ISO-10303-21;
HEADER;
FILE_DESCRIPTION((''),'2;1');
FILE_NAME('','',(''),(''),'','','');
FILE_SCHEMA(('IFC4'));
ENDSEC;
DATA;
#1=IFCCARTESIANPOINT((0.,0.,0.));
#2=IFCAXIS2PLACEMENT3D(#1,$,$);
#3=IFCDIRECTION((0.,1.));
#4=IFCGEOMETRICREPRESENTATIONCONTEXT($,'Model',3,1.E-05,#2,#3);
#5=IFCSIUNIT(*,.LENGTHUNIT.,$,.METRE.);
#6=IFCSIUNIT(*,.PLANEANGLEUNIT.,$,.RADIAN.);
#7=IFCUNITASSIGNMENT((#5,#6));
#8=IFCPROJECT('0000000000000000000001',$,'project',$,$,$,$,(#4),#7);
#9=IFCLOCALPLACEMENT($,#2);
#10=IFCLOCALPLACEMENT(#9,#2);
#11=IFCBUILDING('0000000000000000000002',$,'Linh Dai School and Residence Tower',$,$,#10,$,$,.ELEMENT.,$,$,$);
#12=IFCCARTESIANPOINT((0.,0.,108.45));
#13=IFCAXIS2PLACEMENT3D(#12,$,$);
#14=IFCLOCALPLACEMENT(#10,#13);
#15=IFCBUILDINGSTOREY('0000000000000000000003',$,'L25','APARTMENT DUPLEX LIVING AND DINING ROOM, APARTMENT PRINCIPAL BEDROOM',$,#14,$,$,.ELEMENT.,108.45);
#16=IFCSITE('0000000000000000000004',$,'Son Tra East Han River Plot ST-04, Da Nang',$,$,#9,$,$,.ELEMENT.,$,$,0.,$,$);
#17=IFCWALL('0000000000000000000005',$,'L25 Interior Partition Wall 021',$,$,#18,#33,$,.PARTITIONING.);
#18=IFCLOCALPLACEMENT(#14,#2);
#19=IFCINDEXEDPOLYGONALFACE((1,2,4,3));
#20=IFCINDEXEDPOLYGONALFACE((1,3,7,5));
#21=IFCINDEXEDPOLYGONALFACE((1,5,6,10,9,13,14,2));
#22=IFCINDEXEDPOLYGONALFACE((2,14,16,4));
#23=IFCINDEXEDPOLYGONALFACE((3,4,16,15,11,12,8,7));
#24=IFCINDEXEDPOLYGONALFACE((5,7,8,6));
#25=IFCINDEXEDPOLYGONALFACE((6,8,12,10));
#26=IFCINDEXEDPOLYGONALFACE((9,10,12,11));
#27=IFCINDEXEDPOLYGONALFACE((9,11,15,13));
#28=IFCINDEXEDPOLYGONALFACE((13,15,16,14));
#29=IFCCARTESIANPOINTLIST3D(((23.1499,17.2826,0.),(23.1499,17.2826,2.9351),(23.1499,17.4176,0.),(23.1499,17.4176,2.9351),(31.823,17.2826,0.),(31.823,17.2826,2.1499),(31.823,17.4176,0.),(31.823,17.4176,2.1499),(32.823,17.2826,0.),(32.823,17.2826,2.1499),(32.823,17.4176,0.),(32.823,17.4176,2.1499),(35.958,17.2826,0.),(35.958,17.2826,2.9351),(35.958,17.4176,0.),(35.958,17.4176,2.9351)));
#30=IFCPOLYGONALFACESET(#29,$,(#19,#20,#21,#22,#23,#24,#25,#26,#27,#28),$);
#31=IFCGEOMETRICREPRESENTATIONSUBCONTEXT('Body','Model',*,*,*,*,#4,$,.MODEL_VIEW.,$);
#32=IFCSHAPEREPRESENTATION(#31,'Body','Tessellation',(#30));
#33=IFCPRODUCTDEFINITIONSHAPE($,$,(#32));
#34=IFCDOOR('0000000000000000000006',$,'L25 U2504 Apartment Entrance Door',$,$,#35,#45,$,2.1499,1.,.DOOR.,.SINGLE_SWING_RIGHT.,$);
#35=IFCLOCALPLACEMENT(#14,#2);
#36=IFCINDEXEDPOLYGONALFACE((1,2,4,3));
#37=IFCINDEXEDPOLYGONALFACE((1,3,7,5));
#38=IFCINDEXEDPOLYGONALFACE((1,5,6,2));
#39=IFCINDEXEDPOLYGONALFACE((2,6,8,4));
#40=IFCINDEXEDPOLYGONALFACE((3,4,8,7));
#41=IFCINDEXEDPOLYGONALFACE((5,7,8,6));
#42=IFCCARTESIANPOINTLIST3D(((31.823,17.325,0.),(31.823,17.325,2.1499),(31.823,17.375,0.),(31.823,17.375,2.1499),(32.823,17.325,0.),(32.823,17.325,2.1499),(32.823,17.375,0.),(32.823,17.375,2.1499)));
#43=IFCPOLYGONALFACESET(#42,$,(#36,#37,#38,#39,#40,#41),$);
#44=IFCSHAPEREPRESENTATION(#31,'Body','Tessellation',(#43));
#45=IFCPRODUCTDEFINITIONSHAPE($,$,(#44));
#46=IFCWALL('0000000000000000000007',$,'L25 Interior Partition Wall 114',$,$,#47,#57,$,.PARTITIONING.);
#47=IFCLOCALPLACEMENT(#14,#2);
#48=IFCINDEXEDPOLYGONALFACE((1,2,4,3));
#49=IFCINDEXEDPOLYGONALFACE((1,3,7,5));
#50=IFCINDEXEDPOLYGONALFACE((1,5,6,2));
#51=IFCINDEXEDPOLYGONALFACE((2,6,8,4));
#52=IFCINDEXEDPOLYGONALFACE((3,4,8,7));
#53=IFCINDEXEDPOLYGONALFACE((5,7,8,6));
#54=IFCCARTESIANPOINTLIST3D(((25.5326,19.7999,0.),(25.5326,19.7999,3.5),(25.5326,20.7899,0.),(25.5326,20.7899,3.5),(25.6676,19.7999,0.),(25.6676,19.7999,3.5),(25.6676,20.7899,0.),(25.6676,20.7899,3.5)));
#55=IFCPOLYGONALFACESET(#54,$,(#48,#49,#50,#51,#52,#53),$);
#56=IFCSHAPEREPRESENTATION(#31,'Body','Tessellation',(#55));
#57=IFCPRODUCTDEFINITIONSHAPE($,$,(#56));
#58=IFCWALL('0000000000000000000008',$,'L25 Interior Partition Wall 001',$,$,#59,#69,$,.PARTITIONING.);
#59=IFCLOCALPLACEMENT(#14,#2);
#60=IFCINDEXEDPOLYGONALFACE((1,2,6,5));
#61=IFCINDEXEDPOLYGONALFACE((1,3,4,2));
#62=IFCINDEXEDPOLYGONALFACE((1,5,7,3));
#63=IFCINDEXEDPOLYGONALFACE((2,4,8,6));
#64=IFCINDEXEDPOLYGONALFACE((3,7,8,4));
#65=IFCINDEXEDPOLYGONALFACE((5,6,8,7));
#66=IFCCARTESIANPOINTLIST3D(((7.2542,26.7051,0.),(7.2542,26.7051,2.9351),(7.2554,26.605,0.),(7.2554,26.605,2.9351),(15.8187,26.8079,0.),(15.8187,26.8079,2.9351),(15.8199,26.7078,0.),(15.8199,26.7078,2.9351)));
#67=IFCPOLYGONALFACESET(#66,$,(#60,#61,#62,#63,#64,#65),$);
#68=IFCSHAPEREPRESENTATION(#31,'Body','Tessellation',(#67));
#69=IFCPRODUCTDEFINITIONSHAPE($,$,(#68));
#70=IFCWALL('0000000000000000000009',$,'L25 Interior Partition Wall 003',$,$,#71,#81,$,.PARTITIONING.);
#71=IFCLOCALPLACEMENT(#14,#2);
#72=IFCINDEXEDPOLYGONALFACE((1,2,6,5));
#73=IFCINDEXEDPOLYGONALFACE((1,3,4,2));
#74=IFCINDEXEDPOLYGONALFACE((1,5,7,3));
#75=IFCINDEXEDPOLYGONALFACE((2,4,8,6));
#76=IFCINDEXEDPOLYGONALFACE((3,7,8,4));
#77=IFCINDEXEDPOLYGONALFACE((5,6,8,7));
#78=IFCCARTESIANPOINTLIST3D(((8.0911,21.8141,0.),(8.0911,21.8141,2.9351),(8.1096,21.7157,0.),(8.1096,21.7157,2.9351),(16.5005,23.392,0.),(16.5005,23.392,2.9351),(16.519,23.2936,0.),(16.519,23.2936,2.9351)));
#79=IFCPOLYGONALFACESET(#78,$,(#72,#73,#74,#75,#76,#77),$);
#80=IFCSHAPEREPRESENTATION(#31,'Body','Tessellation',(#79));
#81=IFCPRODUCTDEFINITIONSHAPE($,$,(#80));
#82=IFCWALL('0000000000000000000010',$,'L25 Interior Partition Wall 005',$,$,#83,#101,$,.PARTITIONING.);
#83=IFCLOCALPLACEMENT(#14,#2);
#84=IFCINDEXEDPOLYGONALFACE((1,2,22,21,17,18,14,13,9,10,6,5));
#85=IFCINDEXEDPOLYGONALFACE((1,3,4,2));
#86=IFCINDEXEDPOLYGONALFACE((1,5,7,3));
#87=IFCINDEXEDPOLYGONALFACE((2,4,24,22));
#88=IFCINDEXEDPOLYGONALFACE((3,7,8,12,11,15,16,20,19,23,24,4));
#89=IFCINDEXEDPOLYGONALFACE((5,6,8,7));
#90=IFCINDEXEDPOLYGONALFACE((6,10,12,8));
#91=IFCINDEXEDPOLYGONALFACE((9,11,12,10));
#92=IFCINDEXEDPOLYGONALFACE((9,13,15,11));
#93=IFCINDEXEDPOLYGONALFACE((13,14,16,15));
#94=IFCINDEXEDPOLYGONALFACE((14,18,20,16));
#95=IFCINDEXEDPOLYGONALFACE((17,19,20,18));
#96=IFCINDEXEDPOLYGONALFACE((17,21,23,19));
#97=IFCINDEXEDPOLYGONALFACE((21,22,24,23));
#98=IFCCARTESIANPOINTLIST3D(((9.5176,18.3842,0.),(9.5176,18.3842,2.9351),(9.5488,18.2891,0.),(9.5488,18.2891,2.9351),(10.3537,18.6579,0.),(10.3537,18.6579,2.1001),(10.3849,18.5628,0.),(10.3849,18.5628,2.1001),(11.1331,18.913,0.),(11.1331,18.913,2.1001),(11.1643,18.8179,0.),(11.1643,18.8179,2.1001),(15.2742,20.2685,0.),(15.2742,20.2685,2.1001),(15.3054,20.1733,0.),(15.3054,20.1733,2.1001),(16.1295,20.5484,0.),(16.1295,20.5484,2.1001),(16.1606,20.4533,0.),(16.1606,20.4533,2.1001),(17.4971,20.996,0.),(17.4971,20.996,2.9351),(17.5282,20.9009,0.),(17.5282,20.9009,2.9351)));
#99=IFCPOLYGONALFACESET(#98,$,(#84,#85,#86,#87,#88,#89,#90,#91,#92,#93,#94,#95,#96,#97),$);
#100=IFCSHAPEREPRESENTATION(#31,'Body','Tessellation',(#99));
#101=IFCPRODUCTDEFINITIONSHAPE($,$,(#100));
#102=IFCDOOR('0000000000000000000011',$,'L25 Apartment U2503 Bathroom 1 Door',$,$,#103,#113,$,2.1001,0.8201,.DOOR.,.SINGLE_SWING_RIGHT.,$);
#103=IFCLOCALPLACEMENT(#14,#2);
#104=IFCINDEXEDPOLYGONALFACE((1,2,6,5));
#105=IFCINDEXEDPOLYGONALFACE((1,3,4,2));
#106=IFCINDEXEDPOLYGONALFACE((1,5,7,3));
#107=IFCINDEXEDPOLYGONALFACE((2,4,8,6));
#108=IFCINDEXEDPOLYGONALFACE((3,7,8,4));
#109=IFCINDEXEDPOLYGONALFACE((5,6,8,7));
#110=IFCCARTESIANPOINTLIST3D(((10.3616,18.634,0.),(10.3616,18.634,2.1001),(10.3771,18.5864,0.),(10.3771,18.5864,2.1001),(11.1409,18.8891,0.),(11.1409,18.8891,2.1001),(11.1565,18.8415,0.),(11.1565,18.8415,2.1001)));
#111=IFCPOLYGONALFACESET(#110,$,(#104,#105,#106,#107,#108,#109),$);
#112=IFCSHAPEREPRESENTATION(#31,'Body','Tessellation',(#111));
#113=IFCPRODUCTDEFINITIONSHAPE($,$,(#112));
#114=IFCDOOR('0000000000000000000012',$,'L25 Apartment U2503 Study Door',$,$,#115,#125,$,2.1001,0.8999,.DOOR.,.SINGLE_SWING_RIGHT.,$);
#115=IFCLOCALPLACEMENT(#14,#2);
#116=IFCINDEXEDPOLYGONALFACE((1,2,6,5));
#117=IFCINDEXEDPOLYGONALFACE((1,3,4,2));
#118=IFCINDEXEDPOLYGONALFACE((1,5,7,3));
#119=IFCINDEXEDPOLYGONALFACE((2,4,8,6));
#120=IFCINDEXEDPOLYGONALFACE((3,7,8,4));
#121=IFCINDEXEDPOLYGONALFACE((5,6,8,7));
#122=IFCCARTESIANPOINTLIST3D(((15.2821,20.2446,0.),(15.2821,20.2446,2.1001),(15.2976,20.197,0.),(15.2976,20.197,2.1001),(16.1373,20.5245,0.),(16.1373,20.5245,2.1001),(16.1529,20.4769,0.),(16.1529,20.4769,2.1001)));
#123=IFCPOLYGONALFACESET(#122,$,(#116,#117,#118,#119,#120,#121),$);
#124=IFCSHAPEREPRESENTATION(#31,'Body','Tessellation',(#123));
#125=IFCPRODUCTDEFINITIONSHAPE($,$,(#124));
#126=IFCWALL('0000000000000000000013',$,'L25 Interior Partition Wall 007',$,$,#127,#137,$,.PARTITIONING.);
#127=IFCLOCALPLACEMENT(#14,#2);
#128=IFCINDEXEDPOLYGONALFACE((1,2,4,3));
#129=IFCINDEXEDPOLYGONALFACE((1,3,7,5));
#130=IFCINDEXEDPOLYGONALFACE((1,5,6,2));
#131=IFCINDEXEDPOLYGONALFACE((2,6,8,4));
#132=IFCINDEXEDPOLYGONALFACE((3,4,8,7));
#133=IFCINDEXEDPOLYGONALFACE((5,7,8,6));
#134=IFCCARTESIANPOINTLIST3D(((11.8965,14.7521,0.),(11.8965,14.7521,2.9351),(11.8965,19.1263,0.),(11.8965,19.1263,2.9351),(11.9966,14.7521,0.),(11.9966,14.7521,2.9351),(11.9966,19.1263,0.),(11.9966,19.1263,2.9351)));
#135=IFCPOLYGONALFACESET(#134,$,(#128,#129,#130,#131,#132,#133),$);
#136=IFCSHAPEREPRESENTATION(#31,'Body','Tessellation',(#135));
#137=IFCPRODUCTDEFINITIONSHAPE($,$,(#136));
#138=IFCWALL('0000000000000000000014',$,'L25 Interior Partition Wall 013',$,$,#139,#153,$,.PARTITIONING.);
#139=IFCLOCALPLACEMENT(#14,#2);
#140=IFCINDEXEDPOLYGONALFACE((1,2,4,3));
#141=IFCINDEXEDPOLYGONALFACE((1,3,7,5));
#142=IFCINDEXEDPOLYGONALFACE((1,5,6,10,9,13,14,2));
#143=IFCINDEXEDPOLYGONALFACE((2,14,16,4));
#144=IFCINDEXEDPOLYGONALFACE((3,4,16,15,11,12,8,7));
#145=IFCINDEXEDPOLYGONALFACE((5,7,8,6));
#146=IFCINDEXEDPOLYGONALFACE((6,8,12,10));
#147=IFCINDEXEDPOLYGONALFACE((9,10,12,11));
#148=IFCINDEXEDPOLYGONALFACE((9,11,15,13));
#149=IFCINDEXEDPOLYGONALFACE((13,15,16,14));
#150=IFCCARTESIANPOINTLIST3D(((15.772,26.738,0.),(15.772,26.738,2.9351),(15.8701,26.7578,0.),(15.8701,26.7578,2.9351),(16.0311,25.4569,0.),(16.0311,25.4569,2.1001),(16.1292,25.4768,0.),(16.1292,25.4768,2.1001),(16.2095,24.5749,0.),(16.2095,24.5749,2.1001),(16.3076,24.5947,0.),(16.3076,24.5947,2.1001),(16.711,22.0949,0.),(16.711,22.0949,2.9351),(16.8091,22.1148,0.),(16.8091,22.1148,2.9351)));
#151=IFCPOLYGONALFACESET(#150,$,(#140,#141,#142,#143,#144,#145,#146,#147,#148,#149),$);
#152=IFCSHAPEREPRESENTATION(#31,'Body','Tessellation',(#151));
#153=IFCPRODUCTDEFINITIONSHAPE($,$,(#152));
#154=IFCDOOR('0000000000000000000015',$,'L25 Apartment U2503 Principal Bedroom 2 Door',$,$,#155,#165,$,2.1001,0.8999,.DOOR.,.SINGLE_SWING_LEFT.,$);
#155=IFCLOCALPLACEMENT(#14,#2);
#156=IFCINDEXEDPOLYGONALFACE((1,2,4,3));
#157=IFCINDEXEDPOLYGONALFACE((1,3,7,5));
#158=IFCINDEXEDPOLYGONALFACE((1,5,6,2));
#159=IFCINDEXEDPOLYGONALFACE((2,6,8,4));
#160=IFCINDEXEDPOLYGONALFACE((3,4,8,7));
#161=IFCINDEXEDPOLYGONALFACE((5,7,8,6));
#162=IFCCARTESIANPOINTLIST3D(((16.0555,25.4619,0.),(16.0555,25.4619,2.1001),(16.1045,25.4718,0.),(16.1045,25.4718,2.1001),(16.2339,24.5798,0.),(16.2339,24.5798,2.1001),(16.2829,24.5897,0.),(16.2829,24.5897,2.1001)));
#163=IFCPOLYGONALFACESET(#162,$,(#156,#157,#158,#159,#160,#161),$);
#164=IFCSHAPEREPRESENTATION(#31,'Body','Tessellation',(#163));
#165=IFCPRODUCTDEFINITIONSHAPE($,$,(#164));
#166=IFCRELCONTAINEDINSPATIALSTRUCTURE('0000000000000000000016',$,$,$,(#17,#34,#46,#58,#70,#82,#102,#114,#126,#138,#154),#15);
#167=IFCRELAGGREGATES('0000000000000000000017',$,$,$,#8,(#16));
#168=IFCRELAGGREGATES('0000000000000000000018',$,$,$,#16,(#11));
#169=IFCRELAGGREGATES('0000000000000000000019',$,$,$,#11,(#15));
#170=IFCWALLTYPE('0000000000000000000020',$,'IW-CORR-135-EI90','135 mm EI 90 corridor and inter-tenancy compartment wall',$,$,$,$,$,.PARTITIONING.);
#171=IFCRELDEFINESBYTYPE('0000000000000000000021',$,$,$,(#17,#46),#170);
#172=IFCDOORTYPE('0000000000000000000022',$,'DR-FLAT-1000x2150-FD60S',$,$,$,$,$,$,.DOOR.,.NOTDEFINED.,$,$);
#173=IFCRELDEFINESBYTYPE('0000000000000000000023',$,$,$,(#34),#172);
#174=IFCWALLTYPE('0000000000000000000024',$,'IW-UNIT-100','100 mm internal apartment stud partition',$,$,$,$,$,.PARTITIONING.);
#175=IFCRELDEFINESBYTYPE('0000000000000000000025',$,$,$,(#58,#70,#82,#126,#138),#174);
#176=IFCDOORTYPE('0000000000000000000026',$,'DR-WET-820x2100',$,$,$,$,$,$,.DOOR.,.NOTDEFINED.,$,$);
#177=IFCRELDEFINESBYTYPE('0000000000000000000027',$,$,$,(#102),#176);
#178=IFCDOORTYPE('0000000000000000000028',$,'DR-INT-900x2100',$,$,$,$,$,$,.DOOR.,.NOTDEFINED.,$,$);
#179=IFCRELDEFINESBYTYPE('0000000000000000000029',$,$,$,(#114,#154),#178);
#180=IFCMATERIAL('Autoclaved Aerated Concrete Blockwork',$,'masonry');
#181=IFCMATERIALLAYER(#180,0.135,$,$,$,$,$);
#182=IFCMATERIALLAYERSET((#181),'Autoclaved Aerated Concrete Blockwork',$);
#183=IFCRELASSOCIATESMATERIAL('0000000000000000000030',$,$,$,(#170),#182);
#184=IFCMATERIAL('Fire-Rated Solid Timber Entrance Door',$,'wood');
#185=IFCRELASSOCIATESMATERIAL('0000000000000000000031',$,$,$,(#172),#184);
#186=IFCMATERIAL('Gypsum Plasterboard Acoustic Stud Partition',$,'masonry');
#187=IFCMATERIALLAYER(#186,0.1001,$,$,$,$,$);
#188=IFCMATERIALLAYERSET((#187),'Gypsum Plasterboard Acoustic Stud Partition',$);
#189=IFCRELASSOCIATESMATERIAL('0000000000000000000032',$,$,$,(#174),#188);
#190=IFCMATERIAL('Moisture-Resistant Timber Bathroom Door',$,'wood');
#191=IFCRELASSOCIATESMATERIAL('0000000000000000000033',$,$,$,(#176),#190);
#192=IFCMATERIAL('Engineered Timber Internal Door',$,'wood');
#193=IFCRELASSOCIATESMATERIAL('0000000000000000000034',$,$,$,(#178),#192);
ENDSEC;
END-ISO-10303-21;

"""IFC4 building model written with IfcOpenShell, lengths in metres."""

from ifc_helpers import new_model, si_unit, direction, frame, frame_2d, origin, origin_2d, place, context, subcontext, project, spatial, rectangle, extrude, source, transform, mapped, material, layer, layer_set, type_object, element, fill, save


model = new_model("IFC4")

# Units and contexts
model_context = context("Model", 3, precision=1e-05, world=origin(), true_north=direction((0.0, 1.0)))
body_context = subcontext(model_context, "Body", "Model", "MODEL_VIEW")
ifc_project = project(units=[si_unit("LENGTHUNIT", "METRE"), si_unit("PLANEANGLEUNIT", "RADIAN")], contexts=[model_context])

# Site, building, storey
site_placement = place(None, origin())
site = spatial("IfcSite", under=ifc_project, at=site_placement, Name="Son Tra East Han River Plot ST-04, Da Nang", CompositionType="ELEMENT", RefElevation=0.0)
building_placement = place(site_placement, origin())
building = spatial("IfcBuilding", under=site, at=building_placement, Name="Linh Dai School and Residence Tower", CompositionType="ELEMENT")
storey_placement = place(building_placement, frame((0.0, 0.0, 108.45)))
storey = spatial("IfcBuildingStorey", under=building, at=storey_placement, Name="L25", Description="APARTMENT DUPLEX LIVING AND DINING ROOM, APARTMENT PRINCIPAL BEDROOM", CompositionType="ELEMENT", Elevation=108.45)

# Shared definitions
ifc_material_1 = material(Name="Autoclaved Aerated Concrete Blockwork", Category="masonry")
ifc_layer_1 = layer(ifc_material_1, 0.135)
ifc_layer_set_1 = layer_set([ifc_layer_1], Name="Autoclaved Aerated Concrete Blockwork")
wall_type_1 = type_object("IfcWallType", Name="IW-CORR-135-EI90", Description="135 mm EI 90 corridor and inter-tenancy compartment wall", PredefinedType="PARTITIONING", material=ifc_layer_set_1)
ifc_material_2 = material(Name="Fire-Rated Solid Timber Entrance Door", Category="wood")
door_type_1 = type_object("IfcDoorType", Name="DR-FLAT-1000x2150-FD60S", OperationType="NOTDEFINED", PredefinedType="DOOR", material=ifc_material_2)
shared_shape_1 = source(origin(), body_context, "Body", "SweptSolid", [
    extrude(rectangle(XDim=1.0, YDim=2.1499, at=origin_2d()), frame((0.5, 0.0249, 1.075), z_axis=(0.0, -1.0, 0.0), x_axis=(1.0, 0.0, 0.0)), (0.0, 0.0, 1.0), 0.05),
])

# Wall, opening, door
wall_1_placement = place(storey_placement, frame((23.1499, 17.3501, 0.0), z_axis=(0.0, 0.0, 1.0), x_axis=(1.0, 0.0, 0.0)))
wall_1 = element("IfcWall", 1, at=wall_1_placement, inside=storey, type_object=wall_type_1, Name="L25 Interior Partition Wall 021", PredefinedType="PARTITIONING", context=body_context, shape_type="SweptSolid", body=[
    extrude(rectangle(XDim=12.8081, YDim=0.135, at=frame_2d((6.4041, 0.0))), origin(), (0.0, 0.0, 1.0), 2.9351),
])
opening_1_placement = place(wall_1_placement, frame((8.6731, 0.0, 0.0)))
opening_1 = element("IfcOpeningElement", 2, at=opening_1_placement, cuts=wall_1, PredefinedType="OPENING", context=body_context, shape_type="SweptSolid", body=[
    extrude(rectangle(XDim=1.0, YDim=2.1499, at=origin_2d()), frame((0.5, 0.0776, 1.075), z_axis=(0.0, -1.0, 0.0), x_axis=(1.0, 0.0, 0.0)), (0.0, 0.0, 1.0), 0.155),
])
door_1_placement = place(opening_1_placement, origin())
door_1 = element("IfcDoor", 3, at=door_1_placement, inside=storey, type_object=door_type_1, Name="L25 U2504 Apartment Entrance Door", OperationType="SINGLE_SWING_RIGHT", OverallHeight=2.1499, OverallWidth=1.0, PredefinedType="DOOR", context=body_context, shape_type="MappedRepresentation", body=[
    mapped(shared_shape_1, transform((0.0, 0.0, 0.0), x_axis=(1.0, 0.0, 0.0), y_axis=(0.0, 1.0, 0.0), z_axis=(0.0, 0.0, 1.0), scale=1.0)),
])
fill(opening_1, door_1)

# Walls
wall_2_placement = place(storey_placement, frame((25.6001, 20.79, 0.0), z_axis=(0.0, 0.0, 1.0), x_axis=(0.0, -1.0, 0.0)))
element("IfcWall", 4, at=wall_2_placement, inside=storey, type_object=wall_type_1, Name="L25 Interior Partition Wall 114", PredefinedType="PARTITIONING", context=body_context, shape_type="SweptSolid", body=[
    extrude(rectangle(XDim=0.99, YDim=0.135, at=frame_2d((0.4951, 0.0))), origin(), (0.0, 0.0, 1.0), 3.5),
])
ifc_material_3 = material(Name="Gypsum Plasterboard Acoustic Stud Partition", Category="masonry")
ifc_layer_2 = layer(ifc_material_3, 0.1001)
ifc_layer_set_2 = layer_set([ifc_layer_2], Name="Gypsum Plasterboard Acoustic Stud Partition")
wall_type_2 = type_object("IfcWallType", Name="IW-UNIT-100", Description="100 mm internal apartment stud partition", PredefinedType="PARTITIONING", material=ifc_layer_set_2)
wall_3_placement = place(storey_placement, frame((7.2546, 26.655, 0.0), z_axis=(0.0, 0.0, 1.0), x_axis=(0.999928, 0.012, 0.0)))
element("IfcWall", 5, at=wall_3_placement, inside=storey, type_object=wall_type_2, Name="L25 Interior Partition Wall 001", PredefinedType="PARTITIONING", context=body_context, shape_type="SweptSolid", body=[
    extrude(rectangle(XDim=8.5652, YDim=0.1001, at=frame_2d((4.2827, 0.0))), origin(), (0.0, 0.0, 1.0), 2.9351),
])
wall_4_placement = place(storey_placement, frame((8.1003, 21.7649, 0.0), z_axis=(0.0, 0.0, 1.0), x_axis=(0.982849, 0.184414, 0.0)))
element("IfcWall", 6, at=wall_4_placement, inside=storey, type_object=wall_type_2, Name="L25 Interior Partition Wall 003", PredefinedType="PARTITIONING", context=body_context, shape_type="SweptSolid", body=[
    extrude(rectangle(XDim=8.5562, YDim=0.1001, at=frame_2d((4.2781, 0.0))), origin(), (0.0, 0.0, 1.0), 2.9351),
])

# Wall, openings, doors
wall_5_placement = place(storey_placement, frame((9.5332, 18.3367, 0.0), z_axis=(0.0, 0.0, 1.0), x_axis=(0.950385, 0.311076, 0.0)))
wall_5 = element("IfcWall", 7, at=wall_5_placement, inside=storey, type_object=wall_type_2, Name="L25 Interior Partition Wall 005", PredefinedType="PARTITIONING", context=body_context, shape_type="SweptSolid", body=[
    extrude(rectangle(XDim=8.396, YDim=0.1001, at=frame_2d((4.198, 0.0))), origin(), (0.0, 0.0, 1.0), 2.9351),
])
opening_2_placement = place(wall_5_placement, frame((6.0571, 0.0, 0.0)))
opening_2 = element("IfcOpeningElement", 8, at=opening_2_placement, cuts=wall_5, PredefinedType="OPENING", context=body_context, shape_type="SweptSolid", body=[
    extrude(rectangle(XDim=0.8999, YDim=2.1001, at=origin_2d()), frame((0.45, 0.0601, 1.05), z_axis=(0.0, -1.0, 0.0), x_axis=(1.0, 0.0, 0.0)), (0.0, 0.0, 1.0), 0.1201),
])
opening_3_placement = place(wall_5_placement, frame((0.8796, 0.0, 0.0)))
opening_3 = element("IfcOpeningElement", 9, at=opening_3_placement, cuts=wall_5, PredefinedType="OPENING", context=body_context, shape_type="SweptSolid", body=[
    extrude(rectangle(XDim=0.8201, YDim=2.1001, at=origin_2d()), frame((0.4102, 0.0601, 1.05), z_axis=(0.0, -1.0, 0.0), x_axis=(1.0, 0.0, 0.0)), (0.0, 0.0, 1.0), 0.1201),
])
ifc_material_4 = material(Name="Moisture-Resistant Timber Bathroom Door", Category="wood")
door_type_2 = type_object("IfcDoorType", Name="DR-WET-820x2100", OperationType="NOTDEFINED", PredefinedType="DOOR", material=ifc_material_4)
shared_shape_2 = source(origin(), body_context, "Body", "SweptSolid", [
    extrude(rectangle(XDim=0.8201, YDim=2.1001, at=origin_2d()), frame((0.4102, 0.0249, 1.05), z_axis=(0.0, -1.0, 0.0), x_axis=(1.0, 0.0, 0.0)), (0.0, 0.0, 1.0), 0.05),
])
door_2_placement = place(opening_3_placement, origin())
door_2 = element("IfcDoor", 10, at=door_2_placement, inside=storey, type_object=door_type_2, Name="L25 Apartment U2503 Bathroom 1 Door", OperationType="SINGLE_SWING_RIGHT", OverallHeight=2.1001, OverallWidth=0.8201, PredefinedType="DOOR", context=body_context, shape_type="MappedRepresentation", body=[
    mapped(shared_shape_2, transform((0.0, 0.0, 0.0), x_axis=(1.0, 0.0, 0.0), y_axis=(0.0, 1.0, 0.0), z_axis=(0.0, 0.0, 1.0), scale=1.0)),
])
fill(opening_3, door_2)
ifc_material_5 = material(Name="Engineered Timber Internal Door", Category="wood")
door_type_3 = type_object("IfcDoorType", Name="DR-INT-900x2100", OperationType="NOTDEFINED", PredefinedType="DOOR", material=ifc_material_5)
shared_shape_3 = source(origin(), body_context, "Body", "SweptSolid", [
    extrude(rectangle(XDim=0.8999, YDim=2.1001, at=origin_2d()), frame((0.45, 0.0249, 1.05), z_axis=(0.0, -1.0, 0.0), x_axis=(1.0, 0.0, 0.0)), (0.0, 0.0, 1.0), 0.05),
])
door_3_placement = place(opening_2_placement, origin())
door_3 = element("IfcDoor", 11, at=door_3_placement, inside=storey, type_object=door_type_3, Name="L25 Apartment U2503 Study Door", OperationType="SINGLE_SWING_RIGHT", OverallHeight=2.1001, OverallWidth=0.8999, PredefinedType="DOOR", context=body_context, shape_type="MappedRepresentation", body=[
    mapped(shared_shape_3, transform((0.0, 0.0, 0.0), x_axis=(1.0, 0.0, 0.0), y_axis=(0.0, 1.0, 0.0), z_axis=(0.0, 0.0, 1.0), scale=1.0)),
])
fill(opening_2, door_3)

# Wall
wall_6_placement = place(storey_placement, frame((11.9465, 14.7522, 0.0), z_axis=(0.0, 0.0, 1.0), x_axis=(0.0, 1.0, 0.0)))
element("IfcWall", 12, at=wall_6_placement, inside=storey, type_object=wall_type_2, Name="L25 Interior Partition Wall 007", PredefinedType="PARTITIONING", context=body_context, shape_type="SweptSolid", body=[
    extrude(rectangle(XDim=4.3743, YDim=0.1001, at=frame_2d((2.187, 0.0))), origin(), (0.0, 0.0, 1.0), 2.9351),
])

# Wall, opening, door
wall_7_placement = place(storey_placement, frame((15.821, 26.748, 0.0), z_axis=(0.0, 0.0, 1.0), x_axis=(0.198217, -0.980158, 0.0)))
wall_7 = element("IfcWall", 13, at=wall_7_placement, inside=storey, type_object=wall_type_2, Name="L25 Interior Partition Wall 013", PredefinedType="PARTITIONING", context=body_context, shape_type="SweptSolid", body=[
    extrude(rectangle(XDim=4.7371, YDim=0.1001, at=frame_2d((2.3687, 0.0))), origin(), (0.0, 0.0, 1.0), 2.9351),
])
opening_4_placement = place(wall_7_placement, frame((1.3071, 0.0, 0.0)))
opening_4 = element("IfcOpeningElement", 14, at=opening_4_placement, cuts=wall_7, PredefinedType="OPENING", context=body_context, shape_type="SweptSolid", body=[
    extrude(rectangle(XDim=0.8999, YDim=2.1001, at=origin_2d()), frame((0.45, 0.0601, 1.05), z_axis=(0.0, -1.0, 0.0), x_axis=(1.0, 0.0, 0.0)), (0.0, 0.0, 1.0), 0.1201),
])
door_4_placement = place(opening_4_placement, origin())
door_4 = element("IfcDoor", 15, at=door_4_placement, inside=storey, type_object=door_type_3, Name="L25 Apartment U2503 Principal Bedroom 2 Door", OperationType="SINGLE_SWING_LEFT", OverallHeight=2.1001, OverallWidth=0.8999, PredefinedType="DOOR", context=body_context, shape_type="MappedRepresentation", body=[
    mapped(shared_shape_3, transform((0.0, 0.0, 0.0), x_axis=(1.0, 0.0, 0.0), y_axis=(0.0, 1.0, 0.0), z_axis=(0.0, 0.0, 1.0), scale=1.0)),
])
fill(opening_4, door_4)

save(model, "model.ifc")
